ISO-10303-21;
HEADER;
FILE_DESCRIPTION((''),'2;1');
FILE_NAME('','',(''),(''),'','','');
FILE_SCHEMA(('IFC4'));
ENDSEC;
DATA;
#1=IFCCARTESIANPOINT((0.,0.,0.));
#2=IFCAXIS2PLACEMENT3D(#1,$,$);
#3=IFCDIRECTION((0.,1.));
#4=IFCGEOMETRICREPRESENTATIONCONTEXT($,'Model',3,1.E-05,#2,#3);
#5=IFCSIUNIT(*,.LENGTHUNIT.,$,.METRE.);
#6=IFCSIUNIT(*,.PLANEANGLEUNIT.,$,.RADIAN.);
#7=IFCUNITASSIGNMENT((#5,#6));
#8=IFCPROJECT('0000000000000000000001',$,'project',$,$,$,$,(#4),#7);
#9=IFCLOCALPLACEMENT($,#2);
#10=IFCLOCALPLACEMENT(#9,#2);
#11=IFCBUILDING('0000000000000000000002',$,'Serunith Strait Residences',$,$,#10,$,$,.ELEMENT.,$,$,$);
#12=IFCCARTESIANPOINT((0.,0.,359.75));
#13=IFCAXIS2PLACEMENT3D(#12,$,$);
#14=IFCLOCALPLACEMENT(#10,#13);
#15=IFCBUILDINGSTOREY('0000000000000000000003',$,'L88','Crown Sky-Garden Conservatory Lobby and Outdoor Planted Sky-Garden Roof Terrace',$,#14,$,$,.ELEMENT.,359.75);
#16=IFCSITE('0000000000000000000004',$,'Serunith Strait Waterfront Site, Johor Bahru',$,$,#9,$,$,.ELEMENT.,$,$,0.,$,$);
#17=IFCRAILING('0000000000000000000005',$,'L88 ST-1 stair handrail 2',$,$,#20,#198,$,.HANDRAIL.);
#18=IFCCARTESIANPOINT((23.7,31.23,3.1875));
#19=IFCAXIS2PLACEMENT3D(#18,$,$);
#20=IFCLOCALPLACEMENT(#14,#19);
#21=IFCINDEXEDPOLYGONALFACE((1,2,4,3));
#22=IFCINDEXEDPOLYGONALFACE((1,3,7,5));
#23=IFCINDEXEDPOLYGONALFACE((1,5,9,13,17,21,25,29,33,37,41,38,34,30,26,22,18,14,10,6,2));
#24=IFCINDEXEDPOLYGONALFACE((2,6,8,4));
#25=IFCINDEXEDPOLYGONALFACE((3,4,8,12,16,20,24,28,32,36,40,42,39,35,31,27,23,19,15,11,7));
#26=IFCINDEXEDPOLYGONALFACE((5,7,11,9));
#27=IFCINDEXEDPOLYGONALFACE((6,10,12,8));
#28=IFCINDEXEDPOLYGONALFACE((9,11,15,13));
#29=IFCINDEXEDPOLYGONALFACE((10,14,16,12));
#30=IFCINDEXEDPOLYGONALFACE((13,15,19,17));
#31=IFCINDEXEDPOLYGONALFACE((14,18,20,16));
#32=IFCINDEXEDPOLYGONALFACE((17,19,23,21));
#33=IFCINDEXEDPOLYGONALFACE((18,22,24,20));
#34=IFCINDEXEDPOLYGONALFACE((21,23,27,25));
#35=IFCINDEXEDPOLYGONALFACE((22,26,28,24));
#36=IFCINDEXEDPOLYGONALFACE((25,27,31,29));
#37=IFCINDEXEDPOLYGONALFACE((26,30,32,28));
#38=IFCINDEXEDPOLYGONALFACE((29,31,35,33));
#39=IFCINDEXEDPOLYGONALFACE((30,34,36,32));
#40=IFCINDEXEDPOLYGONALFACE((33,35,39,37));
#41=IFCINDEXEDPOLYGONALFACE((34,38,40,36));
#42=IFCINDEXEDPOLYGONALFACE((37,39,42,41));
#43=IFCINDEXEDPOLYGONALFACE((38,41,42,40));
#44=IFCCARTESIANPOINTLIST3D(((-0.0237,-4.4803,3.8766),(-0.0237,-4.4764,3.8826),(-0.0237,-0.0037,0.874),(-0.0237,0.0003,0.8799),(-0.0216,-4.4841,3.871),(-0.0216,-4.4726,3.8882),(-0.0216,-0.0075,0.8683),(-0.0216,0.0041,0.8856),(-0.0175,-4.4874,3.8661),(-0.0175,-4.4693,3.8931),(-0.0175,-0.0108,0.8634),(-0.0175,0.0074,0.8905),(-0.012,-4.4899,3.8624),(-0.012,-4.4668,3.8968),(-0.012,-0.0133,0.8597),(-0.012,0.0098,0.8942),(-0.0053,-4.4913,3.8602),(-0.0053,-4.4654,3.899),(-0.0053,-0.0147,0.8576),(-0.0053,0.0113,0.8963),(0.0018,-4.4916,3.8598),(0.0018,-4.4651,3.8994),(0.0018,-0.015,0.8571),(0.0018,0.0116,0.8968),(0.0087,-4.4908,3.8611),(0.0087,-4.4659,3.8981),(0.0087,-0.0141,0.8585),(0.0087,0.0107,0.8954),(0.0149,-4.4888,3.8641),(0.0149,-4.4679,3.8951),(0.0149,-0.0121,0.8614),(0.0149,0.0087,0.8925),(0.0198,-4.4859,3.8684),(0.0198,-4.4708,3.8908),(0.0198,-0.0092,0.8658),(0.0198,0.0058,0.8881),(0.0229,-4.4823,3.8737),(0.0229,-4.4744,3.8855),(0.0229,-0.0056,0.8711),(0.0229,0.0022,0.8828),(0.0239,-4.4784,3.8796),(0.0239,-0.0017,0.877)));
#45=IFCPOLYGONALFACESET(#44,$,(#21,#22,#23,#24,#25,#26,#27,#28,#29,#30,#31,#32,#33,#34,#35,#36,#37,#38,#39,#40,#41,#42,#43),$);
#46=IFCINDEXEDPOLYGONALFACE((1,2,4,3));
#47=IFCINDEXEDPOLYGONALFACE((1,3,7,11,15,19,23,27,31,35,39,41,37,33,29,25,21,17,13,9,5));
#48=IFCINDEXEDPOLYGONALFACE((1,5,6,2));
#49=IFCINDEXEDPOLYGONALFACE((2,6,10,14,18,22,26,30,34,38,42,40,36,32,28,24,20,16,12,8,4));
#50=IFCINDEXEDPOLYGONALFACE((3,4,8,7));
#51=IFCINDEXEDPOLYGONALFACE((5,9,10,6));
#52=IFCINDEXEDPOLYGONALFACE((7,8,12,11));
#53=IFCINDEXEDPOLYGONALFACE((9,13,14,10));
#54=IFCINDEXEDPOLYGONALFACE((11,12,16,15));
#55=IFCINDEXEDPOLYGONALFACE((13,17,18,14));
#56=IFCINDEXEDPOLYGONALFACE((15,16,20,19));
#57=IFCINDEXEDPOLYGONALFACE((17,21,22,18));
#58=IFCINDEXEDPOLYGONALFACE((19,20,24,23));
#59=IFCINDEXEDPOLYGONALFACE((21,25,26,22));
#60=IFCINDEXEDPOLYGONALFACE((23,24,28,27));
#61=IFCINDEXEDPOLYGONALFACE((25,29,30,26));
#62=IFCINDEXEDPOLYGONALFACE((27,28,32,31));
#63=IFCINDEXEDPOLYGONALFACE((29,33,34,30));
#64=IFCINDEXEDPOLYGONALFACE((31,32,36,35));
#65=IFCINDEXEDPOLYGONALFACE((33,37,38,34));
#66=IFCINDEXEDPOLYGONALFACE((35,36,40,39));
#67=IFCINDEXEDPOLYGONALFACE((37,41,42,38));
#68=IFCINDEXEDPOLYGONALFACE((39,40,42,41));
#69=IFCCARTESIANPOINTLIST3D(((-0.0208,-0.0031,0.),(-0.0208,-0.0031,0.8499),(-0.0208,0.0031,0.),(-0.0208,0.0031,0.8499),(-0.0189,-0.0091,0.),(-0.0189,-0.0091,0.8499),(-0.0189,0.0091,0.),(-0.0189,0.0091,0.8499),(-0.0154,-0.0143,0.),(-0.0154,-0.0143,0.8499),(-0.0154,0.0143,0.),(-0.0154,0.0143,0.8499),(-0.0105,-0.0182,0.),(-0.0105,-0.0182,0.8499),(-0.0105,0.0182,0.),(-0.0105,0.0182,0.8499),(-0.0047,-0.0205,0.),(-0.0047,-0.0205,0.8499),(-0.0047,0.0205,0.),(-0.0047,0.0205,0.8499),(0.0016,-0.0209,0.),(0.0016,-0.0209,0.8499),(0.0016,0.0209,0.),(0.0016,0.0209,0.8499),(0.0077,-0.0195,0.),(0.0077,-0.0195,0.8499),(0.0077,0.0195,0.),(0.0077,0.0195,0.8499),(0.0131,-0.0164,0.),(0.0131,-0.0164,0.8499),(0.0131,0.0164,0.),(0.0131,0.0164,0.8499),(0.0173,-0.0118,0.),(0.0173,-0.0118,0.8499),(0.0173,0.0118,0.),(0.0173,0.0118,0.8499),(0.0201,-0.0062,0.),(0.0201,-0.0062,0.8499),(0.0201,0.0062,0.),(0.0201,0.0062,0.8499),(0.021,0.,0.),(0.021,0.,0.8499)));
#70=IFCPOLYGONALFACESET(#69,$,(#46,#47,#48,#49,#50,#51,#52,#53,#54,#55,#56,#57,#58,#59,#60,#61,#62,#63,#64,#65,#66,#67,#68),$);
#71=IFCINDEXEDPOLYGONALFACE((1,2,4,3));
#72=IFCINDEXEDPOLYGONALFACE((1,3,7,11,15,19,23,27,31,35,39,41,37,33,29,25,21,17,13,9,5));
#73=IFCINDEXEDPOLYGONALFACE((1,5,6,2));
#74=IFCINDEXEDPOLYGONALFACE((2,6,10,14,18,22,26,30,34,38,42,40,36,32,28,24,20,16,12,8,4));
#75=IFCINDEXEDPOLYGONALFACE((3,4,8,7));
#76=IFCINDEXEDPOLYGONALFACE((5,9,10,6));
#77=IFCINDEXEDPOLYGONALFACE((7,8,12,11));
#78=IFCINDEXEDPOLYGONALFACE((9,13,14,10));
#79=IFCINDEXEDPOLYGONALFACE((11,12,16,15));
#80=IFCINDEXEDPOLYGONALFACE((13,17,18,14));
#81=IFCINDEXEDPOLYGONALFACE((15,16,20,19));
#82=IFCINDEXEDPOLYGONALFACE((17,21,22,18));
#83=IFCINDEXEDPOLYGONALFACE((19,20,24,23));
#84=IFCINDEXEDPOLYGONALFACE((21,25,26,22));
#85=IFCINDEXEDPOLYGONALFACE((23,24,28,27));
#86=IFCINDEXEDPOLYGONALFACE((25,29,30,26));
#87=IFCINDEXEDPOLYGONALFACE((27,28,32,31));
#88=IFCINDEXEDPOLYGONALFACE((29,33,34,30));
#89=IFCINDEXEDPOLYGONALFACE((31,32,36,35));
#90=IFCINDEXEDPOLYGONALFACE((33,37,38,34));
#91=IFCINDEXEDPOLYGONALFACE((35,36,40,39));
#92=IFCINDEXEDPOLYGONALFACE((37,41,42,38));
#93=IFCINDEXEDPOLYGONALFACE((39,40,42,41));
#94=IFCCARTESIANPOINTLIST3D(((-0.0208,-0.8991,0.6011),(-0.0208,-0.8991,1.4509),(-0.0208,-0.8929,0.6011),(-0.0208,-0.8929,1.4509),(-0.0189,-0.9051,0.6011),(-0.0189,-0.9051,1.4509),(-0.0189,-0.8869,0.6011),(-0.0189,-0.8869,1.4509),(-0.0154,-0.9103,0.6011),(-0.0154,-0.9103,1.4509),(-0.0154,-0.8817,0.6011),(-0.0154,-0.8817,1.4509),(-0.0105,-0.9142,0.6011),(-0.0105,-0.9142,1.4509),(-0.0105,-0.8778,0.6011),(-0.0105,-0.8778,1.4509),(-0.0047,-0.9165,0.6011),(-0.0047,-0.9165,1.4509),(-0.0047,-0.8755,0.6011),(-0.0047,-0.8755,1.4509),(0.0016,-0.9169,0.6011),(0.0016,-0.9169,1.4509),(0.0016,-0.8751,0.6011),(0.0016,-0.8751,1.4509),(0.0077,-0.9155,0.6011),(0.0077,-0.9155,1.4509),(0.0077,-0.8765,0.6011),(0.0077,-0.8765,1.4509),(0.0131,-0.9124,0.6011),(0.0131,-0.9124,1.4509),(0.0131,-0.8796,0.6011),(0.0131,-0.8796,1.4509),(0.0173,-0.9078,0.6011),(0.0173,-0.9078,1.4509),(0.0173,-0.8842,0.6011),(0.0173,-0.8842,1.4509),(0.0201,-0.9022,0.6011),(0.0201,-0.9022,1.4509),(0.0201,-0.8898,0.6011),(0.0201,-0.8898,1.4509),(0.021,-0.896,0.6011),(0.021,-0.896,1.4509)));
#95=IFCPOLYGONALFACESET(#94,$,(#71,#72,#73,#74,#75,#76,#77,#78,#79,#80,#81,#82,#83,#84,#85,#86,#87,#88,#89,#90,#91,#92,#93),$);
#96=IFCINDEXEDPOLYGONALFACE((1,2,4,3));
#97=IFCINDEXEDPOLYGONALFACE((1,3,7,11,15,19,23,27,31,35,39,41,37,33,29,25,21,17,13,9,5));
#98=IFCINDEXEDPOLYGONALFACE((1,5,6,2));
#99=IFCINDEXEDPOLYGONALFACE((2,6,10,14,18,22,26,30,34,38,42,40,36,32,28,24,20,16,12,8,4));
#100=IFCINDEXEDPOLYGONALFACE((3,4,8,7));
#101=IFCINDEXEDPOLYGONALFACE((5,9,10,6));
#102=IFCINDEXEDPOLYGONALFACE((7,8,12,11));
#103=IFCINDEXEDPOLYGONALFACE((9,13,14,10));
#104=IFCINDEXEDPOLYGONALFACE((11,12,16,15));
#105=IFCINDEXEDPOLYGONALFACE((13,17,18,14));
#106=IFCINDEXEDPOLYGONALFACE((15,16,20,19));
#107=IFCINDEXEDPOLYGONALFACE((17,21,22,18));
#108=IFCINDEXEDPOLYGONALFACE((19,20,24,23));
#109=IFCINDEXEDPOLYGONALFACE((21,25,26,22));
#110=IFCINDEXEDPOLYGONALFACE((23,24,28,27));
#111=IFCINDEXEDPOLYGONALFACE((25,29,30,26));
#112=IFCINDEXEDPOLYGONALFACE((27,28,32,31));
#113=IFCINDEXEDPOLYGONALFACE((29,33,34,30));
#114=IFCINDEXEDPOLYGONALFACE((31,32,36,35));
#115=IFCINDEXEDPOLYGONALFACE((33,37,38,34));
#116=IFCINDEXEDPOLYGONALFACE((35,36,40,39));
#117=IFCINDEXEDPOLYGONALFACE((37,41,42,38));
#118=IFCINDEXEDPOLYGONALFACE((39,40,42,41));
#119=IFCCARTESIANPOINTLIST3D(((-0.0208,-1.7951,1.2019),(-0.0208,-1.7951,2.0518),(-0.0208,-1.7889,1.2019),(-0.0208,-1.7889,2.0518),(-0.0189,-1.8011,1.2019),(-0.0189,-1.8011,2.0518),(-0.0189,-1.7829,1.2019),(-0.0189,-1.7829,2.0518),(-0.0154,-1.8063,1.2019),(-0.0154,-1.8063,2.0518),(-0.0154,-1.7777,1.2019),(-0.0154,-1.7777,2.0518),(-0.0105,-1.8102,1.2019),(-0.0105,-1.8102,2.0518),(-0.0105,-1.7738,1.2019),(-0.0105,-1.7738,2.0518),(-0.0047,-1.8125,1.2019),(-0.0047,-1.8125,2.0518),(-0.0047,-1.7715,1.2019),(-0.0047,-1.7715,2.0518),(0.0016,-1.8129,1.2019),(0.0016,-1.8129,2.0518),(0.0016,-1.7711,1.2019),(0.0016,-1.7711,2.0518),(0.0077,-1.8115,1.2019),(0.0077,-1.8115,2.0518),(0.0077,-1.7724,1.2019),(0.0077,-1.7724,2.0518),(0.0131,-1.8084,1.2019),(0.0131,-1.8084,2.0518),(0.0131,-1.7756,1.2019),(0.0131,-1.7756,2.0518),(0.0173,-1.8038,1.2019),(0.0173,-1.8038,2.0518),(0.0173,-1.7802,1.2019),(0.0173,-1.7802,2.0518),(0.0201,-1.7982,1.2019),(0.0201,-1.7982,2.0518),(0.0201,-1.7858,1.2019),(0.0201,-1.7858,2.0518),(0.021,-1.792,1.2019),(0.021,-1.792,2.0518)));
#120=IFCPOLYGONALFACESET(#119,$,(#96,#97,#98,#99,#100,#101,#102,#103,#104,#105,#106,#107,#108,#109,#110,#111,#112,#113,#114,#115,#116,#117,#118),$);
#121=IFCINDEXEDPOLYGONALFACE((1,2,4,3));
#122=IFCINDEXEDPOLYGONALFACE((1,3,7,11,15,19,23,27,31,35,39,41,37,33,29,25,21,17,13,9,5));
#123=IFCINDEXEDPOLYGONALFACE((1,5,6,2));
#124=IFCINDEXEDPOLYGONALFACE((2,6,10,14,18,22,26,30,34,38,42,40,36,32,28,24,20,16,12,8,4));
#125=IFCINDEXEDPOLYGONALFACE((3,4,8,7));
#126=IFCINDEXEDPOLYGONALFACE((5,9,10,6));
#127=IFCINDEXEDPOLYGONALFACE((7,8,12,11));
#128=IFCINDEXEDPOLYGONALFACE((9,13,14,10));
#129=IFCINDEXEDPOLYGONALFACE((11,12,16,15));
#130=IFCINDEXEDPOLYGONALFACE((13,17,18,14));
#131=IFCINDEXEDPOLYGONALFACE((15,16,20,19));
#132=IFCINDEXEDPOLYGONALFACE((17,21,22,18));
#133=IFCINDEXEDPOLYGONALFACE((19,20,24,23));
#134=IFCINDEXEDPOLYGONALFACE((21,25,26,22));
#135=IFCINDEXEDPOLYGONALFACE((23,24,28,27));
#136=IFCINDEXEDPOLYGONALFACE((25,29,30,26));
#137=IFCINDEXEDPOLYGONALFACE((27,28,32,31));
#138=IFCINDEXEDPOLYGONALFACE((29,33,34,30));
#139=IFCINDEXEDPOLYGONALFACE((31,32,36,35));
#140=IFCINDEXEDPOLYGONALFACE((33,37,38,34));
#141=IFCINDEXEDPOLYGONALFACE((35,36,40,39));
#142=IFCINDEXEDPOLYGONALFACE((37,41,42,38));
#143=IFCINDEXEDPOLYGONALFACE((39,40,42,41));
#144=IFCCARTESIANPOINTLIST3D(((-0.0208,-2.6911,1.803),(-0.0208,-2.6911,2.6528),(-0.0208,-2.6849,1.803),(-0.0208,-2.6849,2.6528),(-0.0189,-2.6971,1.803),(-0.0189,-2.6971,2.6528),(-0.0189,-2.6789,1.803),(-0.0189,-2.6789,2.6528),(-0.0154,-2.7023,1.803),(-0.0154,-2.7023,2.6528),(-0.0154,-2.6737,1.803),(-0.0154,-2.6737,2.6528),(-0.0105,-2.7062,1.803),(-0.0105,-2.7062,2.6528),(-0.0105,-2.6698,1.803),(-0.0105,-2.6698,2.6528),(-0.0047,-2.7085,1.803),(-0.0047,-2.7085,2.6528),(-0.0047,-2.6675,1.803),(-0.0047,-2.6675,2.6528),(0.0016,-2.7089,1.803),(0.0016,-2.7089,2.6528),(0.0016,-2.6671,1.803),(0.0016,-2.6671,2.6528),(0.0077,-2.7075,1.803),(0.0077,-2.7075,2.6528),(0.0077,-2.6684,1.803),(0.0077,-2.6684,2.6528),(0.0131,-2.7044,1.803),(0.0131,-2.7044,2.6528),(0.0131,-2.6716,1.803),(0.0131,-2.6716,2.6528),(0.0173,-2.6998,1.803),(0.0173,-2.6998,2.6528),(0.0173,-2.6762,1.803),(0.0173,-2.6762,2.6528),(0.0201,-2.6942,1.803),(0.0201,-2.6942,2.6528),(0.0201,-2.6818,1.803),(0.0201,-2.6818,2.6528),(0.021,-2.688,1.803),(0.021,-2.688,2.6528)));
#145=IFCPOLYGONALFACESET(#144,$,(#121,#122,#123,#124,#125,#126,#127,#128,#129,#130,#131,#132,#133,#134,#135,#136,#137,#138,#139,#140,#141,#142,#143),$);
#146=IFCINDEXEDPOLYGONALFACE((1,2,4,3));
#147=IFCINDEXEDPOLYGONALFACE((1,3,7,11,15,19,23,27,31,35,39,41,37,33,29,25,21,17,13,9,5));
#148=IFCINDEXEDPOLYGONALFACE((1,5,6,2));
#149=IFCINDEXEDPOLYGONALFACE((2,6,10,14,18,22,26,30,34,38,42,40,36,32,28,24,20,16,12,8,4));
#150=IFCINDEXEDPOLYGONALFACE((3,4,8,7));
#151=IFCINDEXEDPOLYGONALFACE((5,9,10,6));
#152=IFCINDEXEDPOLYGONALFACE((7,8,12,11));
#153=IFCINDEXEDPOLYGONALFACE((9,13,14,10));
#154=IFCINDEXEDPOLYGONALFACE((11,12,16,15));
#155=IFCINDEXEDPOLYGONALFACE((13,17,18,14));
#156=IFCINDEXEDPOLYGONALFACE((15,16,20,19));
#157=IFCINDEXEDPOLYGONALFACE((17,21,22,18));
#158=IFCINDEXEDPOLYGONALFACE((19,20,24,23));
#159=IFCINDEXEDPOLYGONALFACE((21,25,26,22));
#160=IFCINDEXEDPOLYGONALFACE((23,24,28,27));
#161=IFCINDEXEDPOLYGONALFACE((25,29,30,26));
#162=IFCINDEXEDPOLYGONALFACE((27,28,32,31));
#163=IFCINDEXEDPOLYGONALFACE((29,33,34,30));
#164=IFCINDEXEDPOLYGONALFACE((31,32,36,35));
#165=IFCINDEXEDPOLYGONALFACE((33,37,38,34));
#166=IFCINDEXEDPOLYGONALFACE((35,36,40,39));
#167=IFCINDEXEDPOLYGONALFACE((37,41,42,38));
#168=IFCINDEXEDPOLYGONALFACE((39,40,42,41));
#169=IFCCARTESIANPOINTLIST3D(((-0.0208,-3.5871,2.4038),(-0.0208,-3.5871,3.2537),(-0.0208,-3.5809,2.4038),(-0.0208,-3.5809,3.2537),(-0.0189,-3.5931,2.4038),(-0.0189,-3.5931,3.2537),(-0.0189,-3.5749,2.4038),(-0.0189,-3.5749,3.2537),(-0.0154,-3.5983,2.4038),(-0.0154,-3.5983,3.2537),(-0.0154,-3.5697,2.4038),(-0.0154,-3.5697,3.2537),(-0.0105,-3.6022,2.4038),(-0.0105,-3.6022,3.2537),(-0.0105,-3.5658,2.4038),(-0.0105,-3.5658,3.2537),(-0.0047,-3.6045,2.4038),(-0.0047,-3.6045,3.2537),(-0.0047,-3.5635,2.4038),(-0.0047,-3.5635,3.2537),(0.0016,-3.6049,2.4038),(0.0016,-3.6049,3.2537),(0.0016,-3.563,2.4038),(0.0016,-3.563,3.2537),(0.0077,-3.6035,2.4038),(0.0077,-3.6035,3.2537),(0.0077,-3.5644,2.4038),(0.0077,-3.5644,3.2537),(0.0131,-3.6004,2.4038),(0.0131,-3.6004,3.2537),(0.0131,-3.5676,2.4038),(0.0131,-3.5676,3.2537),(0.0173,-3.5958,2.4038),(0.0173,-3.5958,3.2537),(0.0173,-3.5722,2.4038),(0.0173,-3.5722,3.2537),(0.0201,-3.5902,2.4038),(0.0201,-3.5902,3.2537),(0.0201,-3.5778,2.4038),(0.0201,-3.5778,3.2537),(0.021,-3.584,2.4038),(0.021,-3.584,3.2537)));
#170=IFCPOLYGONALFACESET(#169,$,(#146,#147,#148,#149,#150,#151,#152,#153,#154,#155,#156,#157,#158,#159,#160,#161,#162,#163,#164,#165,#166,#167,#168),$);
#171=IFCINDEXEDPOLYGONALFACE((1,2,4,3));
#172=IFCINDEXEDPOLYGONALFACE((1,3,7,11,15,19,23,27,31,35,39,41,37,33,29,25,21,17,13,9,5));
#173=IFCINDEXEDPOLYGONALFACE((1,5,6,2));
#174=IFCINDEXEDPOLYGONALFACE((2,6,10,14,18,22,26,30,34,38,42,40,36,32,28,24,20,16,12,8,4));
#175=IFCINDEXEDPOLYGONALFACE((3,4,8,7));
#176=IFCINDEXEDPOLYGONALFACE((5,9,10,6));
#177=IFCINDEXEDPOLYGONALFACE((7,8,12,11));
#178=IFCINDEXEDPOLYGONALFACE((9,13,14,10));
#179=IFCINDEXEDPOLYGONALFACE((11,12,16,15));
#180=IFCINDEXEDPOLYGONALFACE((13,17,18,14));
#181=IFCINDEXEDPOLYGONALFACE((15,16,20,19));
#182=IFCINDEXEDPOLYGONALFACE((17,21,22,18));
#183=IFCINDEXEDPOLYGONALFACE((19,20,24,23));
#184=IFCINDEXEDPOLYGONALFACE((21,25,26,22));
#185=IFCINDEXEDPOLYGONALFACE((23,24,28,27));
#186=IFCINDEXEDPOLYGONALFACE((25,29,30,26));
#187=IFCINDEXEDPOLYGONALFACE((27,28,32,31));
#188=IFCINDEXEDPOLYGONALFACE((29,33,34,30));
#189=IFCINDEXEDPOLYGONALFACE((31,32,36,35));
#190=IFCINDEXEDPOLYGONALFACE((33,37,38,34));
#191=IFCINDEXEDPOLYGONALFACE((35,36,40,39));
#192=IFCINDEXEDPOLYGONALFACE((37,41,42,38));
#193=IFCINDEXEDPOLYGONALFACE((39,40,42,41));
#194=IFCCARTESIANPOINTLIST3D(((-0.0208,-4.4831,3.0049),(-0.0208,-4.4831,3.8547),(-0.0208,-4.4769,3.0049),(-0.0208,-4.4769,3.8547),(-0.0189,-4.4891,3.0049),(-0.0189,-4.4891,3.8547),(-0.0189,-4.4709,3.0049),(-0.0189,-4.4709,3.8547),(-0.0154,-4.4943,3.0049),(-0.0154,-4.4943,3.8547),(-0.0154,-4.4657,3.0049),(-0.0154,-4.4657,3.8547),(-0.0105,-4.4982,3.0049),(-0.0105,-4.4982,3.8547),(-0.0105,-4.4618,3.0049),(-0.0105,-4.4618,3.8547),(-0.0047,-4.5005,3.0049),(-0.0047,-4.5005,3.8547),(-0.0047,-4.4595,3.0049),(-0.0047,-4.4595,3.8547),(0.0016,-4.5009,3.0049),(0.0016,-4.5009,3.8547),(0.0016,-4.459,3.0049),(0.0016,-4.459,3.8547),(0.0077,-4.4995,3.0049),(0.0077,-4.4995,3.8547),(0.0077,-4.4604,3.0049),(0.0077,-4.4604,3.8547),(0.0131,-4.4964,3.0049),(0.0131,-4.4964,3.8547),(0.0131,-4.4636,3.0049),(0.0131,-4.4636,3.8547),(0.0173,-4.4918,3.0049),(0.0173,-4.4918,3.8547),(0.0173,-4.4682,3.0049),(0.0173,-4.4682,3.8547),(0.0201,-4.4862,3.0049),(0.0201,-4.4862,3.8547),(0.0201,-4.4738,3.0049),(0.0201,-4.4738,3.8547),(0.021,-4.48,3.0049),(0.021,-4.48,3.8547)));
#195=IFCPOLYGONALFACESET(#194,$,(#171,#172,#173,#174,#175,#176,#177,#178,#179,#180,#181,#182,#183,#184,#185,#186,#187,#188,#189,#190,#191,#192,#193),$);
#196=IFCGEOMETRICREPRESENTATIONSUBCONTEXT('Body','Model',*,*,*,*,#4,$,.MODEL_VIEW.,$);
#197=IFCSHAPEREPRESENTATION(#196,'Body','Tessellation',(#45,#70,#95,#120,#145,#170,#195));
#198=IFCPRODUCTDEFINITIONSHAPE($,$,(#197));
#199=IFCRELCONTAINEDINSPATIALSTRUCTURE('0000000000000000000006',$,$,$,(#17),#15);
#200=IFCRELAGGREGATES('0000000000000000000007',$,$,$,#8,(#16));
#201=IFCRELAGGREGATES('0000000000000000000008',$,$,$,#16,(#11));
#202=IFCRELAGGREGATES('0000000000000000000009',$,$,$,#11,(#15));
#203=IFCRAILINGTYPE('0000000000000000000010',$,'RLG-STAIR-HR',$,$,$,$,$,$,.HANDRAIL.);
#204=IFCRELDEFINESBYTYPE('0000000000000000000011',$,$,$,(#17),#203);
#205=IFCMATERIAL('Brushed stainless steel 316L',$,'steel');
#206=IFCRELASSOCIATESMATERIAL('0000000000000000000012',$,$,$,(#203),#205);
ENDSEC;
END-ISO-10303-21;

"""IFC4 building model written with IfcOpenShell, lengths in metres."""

from ifc_helpers import new_model, si_unit, direction, frame, origin, origin_2d, place, context, subcontext, project, spatial, circle, extrude, material, type_object, element, save


model = new_model("IFC4")

# Units and contexts
model_context = context("Model", 3, precision=1e-05, world=origin(), true_north=direction((0.0, 1.0)))
body_context = subcontext(model_context, "Body", "Model", "MODEL_VIEW")
ifc_project = project(units=[si_unit("LENGTHUNIT", "METRE"), si_unit("PLANEANGLEUNIT", "RADIAN")], contexts=[model_context])

# Site, building, storey
site_placement = place(None, origin())
site = spatial("IfcSite", under=ifc_project, at=site_placement, Name="Serunith Strait Waterfront Site, Johor Bahru", CompositionType="ELEMENT", RefElevation=0.0)
building_placement = place(site_placement, origin())
building = spatial("IfcBuilding", under=site, at=building_placement, Name="Serunith Strait Residences", CompositionType="ELEMENT")
storey_placement = place(building_placement, frame((0.0, 0.0, 359.75)))
storey = spatial("IfcBuildingStorey", under=building, at=storey_placement, Name="L88", Description="Crown Sky-Garden Conservatory Lobby and Outdoor Planted Sky-Garden Roof Terrace", CompositionType="ELEMENT", Elevation=359.75)

# Railing
ifc_material_1 = material(Name="Brushed stainless steel 316L", Category="steel")
railing_type_1 = type_object("IfcRailingType", Name="RLG-STAIR-HR", PredefinedType="HANDRAIL", material=ifc_material_1)
railing_1_placement = place(storey_placement, frame((23.7, 31.23, 3.1875)))
element("IfcRailing", 1, at=railing_1_placement, inside=storey, type_object=railing_type_1, Name="L88 ST-1 stair handrail 2", PredefinedType="HANDRAIL", context=body_context, shape_type="SweptSolid", body=[
    extrude(circle(Radius=0.0239, at=origin_2d()), frame((0.0, -0.0017, 0.877), z_axis=(0.0, -0.830487, 0.557038), x_axis=(1.0, 0.0, 0.0)), (0.0, 0.0, 1.0), 5.3904),
    extrude(circle(Radius=0.021, at=origin_2d()), origin(), (0.0, 0.0, 1.0), 0.8499),
    extrude(circle(Radius=0.021, at=origin_2d()), frame((0.0, -0.896, 0.6011)), (0.0, 0.0, 1.0), 0.8499),
    extrude(circle(Radius=0.021, at=origin_2d()), frame((0.0, -1.792, 1.2019)), (0.0, 0.0, 1.0), 0.8499),
    extrude(circle(Radius=0.021, at=origin_2d()), frame((0.0, -2.688, 1.803)), (0.0, 0.0, 1.0), 0.8499),
    extrude(circle(Radius=0.021, at=origin_2d()), frame((0.0, -3.584, 2.4038)), (0.0, 0.0, 1.0), 0.8499),
    extrude(circle(Radius=0.021, at=origin_2d()), frame((0.0, -4.48, 3.0049)), (0.0, 0.0, 1.0), 0.8499),
])

save(model, "model.ifc")
